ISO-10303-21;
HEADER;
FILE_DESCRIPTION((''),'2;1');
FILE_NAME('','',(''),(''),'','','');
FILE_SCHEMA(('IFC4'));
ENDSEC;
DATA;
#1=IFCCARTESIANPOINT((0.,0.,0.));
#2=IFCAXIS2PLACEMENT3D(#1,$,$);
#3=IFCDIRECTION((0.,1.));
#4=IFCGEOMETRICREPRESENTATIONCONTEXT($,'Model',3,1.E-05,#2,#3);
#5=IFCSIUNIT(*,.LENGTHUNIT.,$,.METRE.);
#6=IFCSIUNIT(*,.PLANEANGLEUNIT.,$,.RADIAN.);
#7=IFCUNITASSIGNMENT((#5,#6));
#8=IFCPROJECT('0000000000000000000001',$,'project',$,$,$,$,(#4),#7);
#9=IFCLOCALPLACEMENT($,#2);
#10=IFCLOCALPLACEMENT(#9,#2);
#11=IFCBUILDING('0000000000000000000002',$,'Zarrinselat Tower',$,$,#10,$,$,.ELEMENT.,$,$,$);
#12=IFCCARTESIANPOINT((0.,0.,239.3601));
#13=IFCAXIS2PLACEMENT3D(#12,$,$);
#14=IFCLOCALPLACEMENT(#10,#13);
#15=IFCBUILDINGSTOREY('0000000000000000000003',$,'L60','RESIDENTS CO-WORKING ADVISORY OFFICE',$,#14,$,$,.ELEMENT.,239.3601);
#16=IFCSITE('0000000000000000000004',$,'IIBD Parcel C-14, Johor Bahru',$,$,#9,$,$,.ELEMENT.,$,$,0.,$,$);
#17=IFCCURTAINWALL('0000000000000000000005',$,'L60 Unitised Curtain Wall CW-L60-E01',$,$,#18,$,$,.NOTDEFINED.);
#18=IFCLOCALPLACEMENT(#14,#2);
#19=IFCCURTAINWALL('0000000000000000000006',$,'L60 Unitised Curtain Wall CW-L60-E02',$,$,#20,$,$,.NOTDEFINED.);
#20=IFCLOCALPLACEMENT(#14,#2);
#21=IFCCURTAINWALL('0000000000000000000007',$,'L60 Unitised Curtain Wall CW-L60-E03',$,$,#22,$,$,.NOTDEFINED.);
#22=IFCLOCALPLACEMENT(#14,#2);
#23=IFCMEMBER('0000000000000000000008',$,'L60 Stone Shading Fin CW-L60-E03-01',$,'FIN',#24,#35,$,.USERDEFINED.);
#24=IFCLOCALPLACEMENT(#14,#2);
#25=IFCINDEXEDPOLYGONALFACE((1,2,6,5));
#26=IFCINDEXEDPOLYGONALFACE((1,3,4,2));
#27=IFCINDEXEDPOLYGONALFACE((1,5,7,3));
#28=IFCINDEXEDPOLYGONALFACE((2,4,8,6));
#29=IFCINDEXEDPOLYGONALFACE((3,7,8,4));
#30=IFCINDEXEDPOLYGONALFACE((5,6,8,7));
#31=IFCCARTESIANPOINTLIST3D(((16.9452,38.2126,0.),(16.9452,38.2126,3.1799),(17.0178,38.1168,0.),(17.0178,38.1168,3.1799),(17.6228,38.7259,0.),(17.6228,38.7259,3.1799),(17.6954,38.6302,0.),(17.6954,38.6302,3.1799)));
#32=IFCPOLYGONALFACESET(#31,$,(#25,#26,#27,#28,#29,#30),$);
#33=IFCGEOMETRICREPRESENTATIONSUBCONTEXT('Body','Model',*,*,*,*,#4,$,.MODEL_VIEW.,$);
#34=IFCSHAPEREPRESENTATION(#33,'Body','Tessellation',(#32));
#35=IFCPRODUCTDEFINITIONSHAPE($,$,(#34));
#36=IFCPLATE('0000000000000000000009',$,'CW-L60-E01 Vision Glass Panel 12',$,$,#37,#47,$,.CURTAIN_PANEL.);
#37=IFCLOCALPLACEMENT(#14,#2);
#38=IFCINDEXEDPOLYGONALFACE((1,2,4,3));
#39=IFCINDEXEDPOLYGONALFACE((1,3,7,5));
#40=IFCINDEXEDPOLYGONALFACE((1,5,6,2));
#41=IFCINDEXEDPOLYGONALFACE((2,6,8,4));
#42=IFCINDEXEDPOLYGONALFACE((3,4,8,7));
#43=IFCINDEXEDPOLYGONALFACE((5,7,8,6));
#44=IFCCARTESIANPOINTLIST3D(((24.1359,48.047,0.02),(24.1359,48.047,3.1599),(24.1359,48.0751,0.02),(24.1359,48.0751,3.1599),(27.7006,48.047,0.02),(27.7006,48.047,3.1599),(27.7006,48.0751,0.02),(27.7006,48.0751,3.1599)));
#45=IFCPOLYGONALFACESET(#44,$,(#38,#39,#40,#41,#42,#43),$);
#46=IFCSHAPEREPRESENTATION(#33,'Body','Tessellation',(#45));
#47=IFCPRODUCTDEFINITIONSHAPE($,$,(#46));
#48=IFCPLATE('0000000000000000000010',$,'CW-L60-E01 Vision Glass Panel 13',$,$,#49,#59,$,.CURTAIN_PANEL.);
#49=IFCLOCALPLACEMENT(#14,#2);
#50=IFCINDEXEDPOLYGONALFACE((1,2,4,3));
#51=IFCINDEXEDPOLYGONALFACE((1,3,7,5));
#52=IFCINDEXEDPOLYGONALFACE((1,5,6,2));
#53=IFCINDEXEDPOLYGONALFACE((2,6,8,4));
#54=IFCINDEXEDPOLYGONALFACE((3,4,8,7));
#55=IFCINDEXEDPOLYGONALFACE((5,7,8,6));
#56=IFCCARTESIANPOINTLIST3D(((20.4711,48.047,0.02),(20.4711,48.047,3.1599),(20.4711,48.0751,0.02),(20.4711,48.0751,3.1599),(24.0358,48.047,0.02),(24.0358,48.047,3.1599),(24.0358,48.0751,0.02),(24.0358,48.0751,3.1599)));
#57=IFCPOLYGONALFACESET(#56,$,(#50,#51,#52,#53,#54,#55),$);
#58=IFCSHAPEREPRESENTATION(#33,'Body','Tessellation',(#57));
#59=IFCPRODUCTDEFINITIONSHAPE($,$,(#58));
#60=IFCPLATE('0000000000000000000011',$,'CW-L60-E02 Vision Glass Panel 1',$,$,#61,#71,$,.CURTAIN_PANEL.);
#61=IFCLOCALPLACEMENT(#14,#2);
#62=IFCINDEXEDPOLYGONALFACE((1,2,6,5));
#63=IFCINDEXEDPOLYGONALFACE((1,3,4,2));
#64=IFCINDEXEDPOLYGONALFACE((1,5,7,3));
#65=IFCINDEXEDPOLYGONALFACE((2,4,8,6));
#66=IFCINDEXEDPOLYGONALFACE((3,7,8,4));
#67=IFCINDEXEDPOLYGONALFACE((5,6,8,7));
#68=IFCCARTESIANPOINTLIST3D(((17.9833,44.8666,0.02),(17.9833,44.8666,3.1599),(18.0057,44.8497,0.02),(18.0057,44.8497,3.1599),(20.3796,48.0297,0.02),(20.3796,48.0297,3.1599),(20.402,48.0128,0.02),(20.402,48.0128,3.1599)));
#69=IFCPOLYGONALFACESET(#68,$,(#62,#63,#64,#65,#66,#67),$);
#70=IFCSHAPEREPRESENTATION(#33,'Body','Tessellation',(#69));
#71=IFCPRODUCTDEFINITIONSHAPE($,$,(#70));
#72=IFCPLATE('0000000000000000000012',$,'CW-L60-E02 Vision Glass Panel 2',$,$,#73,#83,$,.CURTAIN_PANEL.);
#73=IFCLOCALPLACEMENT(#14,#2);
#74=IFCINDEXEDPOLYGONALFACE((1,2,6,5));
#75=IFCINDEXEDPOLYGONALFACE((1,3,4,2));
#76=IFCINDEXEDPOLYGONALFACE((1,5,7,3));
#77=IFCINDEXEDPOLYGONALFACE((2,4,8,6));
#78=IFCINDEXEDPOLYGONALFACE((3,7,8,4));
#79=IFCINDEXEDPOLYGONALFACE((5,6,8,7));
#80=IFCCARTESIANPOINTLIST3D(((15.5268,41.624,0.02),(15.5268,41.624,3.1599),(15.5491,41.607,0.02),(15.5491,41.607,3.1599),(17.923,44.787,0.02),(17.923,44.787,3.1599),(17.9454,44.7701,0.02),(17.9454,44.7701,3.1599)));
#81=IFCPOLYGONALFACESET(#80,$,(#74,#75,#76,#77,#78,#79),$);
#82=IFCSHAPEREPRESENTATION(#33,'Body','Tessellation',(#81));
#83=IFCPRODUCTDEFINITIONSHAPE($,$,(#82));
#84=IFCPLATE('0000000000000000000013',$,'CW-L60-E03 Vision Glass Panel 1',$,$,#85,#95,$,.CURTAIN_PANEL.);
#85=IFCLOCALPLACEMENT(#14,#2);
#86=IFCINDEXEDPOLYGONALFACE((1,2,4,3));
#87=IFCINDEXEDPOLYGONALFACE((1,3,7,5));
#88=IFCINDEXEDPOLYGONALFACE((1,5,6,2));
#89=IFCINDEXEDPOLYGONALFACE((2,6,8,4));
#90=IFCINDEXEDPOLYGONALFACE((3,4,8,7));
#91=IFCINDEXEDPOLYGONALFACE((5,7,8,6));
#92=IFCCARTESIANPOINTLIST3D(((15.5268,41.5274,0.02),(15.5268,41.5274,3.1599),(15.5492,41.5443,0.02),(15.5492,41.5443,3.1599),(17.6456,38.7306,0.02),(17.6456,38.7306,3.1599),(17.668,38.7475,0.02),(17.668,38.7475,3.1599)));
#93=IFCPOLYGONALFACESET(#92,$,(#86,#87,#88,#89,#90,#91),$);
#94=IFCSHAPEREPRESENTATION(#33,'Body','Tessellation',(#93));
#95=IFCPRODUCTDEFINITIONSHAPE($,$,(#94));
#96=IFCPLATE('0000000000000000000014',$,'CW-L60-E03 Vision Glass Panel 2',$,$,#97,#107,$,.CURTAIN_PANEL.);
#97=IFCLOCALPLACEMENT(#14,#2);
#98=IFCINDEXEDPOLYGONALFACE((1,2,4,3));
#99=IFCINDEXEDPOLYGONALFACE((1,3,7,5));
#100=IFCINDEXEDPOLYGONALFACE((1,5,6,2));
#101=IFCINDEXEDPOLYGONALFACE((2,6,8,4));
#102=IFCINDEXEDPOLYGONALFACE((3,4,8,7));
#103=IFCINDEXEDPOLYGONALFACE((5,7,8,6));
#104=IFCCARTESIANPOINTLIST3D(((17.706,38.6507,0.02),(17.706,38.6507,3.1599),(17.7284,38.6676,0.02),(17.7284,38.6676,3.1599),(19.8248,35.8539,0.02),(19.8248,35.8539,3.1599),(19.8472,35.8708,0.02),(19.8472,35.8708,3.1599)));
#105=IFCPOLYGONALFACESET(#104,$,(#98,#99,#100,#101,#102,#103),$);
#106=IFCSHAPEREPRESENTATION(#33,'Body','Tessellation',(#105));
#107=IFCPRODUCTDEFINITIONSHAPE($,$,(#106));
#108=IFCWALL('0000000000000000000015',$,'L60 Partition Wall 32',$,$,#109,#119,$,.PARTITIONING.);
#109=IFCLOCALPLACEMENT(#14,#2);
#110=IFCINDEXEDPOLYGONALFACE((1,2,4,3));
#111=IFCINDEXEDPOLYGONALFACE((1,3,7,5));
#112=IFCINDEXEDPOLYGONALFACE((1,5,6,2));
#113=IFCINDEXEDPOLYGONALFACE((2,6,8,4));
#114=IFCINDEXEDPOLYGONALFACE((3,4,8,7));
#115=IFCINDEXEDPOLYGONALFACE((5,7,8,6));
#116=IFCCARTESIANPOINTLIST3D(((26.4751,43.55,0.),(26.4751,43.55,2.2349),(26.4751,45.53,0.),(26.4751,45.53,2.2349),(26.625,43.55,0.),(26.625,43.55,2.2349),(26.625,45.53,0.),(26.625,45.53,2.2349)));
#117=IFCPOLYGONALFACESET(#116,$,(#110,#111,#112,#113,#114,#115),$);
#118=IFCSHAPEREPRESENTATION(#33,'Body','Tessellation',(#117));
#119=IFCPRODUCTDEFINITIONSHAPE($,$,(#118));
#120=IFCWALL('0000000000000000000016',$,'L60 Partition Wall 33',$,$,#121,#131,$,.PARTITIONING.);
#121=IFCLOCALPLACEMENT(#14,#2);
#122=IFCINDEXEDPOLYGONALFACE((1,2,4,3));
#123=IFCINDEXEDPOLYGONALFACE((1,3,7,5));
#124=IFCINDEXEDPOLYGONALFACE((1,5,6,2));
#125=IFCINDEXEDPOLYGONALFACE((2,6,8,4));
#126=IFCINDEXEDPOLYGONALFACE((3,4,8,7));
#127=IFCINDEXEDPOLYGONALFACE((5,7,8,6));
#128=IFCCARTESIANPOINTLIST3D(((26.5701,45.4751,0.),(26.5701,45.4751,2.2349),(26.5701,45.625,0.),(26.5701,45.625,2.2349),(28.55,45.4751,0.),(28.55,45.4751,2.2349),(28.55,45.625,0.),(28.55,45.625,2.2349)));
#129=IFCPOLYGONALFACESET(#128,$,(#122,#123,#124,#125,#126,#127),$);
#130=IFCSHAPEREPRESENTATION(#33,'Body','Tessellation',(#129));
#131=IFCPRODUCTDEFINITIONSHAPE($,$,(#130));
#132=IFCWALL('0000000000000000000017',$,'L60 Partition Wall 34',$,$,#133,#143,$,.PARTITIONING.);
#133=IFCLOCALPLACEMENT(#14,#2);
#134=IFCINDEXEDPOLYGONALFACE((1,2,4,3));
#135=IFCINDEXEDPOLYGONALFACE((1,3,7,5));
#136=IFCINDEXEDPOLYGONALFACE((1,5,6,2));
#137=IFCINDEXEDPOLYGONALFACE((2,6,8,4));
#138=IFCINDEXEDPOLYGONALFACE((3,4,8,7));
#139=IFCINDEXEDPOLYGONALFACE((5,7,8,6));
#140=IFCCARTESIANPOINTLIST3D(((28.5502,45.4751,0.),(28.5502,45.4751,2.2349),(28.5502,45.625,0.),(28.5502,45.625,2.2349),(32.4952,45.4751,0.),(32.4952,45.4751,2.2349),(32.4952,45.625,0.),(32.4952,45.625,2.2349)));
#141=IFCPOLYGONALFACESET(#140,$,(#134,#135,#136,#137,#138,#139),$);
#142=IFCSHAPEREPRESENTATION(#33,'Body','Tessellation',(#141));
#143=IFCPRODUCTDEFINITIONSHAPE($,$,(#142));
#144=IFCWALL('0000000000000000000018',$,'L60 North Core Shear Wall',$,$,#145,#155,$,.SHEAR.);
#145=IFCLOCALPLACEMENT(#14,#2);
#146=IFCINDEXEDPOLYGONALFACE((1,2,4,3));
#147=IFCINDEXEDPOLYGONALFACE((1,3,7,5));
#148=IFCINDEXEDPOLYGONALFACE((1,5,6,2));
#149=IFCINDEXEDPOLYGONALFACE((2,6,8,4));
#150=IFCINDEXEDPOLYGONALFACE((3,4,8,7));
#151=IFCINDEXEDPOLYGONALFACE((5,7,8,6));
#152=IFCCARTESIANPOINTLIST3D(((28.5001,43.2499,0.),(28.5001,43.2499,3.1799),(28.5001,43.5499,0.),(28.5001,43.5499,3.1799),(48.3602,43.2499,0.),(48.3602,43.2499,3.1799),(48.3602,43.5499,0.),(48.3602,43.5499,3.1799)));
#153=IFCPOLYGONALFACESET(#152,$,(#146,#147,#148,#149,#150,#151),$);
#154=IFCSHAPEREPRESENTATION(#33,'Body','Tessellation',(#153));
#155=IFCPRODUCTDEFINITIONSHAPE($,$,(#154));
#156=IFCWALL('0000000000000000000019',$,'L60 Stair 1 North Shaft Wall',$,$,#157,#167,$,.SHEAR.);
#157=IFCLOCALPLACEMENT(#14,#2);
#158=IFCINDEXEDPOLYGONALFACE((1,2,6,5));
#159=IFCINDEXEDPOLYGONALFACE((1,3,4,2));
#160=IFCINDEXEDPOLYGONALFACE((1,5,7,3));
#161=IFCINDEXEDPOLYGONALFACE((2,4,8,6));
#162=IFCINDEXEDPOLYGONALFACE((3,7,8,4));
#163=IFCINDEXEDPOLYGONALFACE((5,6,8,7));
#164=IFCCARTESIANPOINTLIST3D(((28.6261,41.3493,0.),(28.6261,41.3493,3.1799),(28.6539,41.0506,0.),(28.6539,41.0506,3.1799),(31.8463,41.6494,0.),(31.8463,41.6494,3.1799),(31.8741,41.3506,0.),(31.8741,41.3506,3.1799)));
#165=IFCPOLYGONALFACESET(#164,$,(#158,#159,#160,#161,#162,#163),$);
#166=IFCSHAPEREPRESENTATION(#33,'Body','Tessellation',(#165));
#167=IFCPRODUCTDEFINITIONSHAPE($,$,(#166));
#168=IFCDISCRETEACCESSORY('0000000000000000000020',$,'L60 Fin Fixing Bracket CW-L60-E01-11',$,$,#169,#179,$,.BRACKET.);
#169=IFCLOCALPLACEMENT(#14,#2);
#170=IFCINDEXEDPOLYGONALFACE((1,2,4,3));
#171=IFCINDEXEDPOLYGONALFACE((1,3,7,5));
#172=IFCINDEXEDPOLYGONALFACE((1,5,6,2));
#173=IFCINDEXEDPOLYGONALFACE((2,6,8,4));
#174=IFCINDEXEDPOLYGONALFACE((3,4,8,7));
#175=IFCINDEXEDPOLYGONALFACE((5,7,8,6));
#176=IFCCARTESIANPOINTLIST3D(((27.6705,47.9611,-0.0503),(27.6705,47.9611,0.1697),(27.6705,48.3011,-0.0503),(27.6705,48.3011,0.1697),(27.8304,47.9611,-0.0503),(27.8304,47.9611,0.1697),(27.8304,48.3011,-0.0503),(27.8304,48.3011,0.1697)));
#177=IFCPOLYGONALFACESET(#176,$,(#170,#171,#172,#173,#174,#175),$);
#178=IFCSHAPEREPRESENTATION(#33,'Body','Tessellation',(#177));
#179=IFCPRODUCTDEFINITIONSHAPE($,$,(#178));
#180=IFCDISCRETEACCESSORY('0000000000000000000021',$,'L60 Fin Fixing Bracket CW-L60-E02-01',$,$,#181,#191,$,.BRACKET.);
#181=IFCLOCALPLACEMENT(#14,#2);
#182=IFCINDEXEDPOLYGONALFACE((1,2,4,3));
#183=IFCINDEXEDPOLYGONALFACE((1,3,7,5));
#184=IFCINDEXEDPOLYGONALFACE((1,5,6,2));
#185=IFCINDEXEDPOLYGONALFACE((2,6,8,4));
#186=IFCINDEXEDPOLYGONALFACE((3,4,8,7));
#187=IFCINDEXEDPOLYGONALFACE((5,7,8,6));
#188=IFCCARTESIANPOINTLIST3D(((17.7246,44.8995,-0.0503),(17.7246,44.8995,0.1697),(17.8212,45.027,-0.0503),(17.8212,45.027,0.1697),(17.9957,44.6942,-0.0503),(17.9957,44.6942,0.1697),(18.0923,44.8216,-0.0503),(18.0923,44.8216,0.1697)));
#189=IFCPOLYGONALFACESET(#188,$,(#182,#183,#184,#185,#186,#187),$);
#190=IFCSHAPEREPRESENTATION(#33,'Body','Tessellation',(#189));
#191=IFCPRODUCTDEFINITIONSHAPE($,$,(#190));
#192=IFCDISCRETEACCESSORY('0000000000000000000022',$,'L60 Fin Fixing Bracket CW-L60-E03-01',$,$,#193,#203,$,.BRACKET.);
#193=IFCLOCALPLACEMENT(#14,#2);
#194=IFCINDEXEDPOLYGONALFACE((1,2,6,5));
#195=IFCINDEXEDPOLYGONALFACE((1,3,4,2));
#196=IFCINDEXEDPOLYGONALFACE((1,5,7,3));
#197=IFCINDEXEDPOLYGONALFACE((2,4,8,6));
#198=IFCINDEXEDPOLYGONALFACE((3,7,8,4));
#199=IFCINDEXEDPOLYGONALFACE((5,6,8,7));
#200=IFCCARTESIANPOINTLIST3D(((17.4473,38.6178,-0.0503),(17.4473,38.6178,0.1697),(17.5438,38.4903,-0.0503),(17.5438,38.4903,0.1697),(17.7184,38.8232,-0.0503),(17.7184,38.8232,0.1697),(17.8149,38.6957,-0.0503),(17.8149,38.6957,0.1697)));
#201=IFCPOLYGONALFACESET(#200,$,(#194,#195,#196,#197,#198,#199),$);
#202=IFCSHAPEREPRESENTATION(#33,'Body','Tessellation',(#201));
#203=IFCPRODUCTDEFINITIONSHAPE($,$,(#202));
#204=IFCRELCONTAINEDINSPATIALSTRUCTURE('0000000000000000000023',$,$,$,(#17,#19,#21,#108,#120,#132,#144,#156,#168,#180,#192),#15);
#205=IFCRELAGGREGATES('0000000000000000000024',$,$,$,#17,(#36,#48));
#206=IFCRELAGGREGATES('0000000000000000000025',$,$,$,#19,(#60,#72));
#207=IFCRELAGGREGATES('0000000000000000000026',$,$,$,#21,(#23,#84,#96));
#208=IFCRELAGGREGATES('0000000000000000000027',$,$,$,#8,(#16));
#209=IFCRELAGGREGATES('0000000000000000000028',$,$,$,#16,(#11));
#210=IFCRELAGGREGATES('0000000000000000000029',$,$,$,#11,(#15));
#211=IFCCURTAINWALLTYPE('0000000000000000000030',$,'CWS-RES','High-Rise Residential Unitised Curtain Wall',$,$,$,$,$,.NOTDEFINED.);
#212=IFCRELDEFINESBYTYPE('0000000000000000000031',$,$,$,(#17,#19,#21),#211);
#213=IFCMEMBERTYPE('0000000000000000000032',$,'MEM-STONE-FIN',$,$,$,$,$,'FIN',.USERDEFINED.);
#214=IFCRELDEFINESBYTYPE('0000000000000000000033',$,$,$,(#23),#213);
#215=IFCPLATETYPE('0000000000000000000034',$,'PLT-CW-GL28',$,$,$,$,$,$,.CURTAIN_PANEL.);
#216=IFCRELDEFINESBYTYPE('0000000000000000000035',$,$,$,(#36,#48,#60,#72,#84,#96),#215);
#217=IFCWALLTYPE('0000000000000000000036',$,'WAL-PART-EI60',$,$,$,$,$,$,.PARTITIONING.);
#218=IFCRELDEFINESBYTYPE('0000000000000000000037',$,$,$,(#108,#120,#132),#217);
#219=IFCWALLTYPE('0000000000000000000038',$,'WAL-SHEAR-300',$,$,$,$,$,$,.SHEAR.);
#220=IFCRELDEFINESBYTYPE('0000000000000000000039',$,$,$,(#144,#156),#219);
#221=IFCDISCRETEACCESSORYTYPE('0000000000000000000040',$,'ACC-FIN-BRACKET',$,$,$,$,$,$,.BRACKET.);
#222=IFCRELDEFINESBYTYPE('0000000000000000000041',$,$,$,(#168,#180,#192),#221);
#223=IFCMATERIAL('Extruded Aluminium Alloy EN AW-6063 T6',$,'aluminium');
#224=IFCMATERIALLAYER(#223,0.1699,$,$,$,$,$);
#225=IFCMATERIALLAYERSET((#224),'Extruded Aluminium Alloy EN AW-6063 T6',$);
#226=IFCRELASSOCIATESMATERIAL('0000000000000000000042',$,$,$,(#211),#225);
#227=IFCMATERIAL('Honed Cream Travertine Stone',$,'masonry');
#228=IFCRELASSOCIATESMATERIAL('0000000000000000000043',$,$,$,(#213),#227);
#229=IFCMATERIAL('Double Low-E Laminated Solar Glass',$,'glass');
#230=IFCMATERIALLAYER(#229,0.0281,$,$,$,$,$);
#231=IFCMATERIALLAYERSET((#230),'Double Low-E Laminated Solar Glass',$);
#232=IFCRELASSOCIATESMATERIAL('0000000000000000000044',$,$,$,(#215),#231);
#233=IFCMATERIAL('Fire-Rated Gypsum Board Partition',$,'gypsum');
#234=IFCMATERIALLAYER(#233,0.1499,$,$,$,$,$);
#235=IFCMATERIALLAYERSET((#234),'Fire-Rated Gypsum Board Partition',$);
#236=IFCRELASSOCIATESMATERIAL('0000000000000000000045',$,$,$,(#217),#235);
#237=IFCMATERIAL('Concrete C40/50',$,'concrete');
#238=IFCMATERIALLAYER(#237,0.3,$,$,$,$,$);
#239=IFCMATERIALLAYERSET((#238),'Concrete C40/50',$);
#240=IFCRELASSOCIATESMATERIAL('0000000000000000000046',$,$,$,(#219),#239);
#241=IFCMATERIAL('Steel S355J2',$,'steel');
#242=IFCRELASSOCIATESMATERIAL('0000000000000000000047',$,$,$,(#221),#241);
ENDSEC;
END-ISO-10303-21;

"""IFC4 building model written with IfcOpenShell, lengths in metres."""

from ifc_helpers import new_model, si_unit, direction, frame, frame_2d, origin, origin_2d, place, context, subcontext, project, spatial, rectangle, extrude, material, layer, layer_set, material_profile, profile_set, type_object, element, aggregate, save


model = new_model("IFC4")

# Units and contexts
model_context = context("Model", 3, precision=1e-05, world=origin(), true_north=direction((0.0, 1.0)))
body_context = subcontext(model_context, "Body", "Model", "MODEL_VIEW")
ifc_project = project(units=[si_unit("LENGTHUNIT", "METRE"), si_unit("PLANEANGLEUNIT", "RADIAN")], contexts=[model_context])

# Site, building, storey
site_placement = place(None, origin())
site = spatial("IfcSite", under=ifc_project, at=site_placement, Name="IIBD Parcel C-14, Johor Bahru", CompositionType="ELEMENT", RefElevation=0.0)
building_placement = place(site_placement, origin())
building = spatial("IfcBuilding", under=site, at=building_placement, Name="Zarrinselat Tower", CompositionType="ELEMENT")
storey_placement = place(building_placement, frame((0.0, 0.0, 239.3601)))
storey = spatial("IfcBuildingStorey", under=building, at=storey_placement, Name="L60", Description="RESIDENTS CO-WORKING ADVISORY OFFICE", CompositionType="ELEMENT", Elevation=239.3601)

# Curtain walls
ifc_material_1 = material(Name="Extruded Aluminium Alloy EN AW-6063 T6", Category="aluminium")
ifc_layer_1 = layer(ifc_material_1, 0.1699)
ifc_layer_set_1 = layer_set([ifc_layer_1], Name="Extruded Aluminium Alloy EN AW-6063 T6")
curtain_wall_type = type_object("IfcCurtainWallType", Name="CWS-RES", Description="High-Rise Residential Unitised Curtain Wall", PredefinedType="NOTDEFINED", material=ifc_layer_set_1)
curtain_wall_1_placement = place(storey_placement, origin())
curtain_wall_1 = element("IfcCurtainWall", 1, at=curtain_wall_1_placement, inside=storey, type_object=curtain_wall_type, Name="L60 Unitised Curtain Wall CW-L60-E01", PredefinedType="NOTDEFINED")
curtain_wall_2_placement = place(storey_placement, origin())
curtain_wall_2 = element("IfcCurtainWall", 2, at=curtain_wall_2_placement, inside=storey, type_object=curtain_wall_type, Name="L60 Unitised Curtain Wall CW-L60-E02", PredefinedType="NOTDEFINED")
curtain_wall_3_placement = place(storey_placement, origin())
curtain_wall_3 = element("IfcCurtainWall", 3, at=curtain_wall_3_placement, inside=storey, type_object=curtain_wall_type, Name="L60 Unitised Curtain Wall CW-L60-E03", PredefinedType="NOTDEFINED")

# Member
ifc_material_2 = material(Name="Honed Cream Travertine Stone", Category="masonry")
ifc_material_profile_1 = material_profile(ifc_material_2, rectangle(XDim=0.1201, YDim=0.8501, at=origin_2d()), Name="FIN 850x120")
ifc_profile_set_1 = profile_set([ifc_material_profile_1], Name="Honed Cream Travertine Stone")
member_type_1 = type_object("IfcMemberType", Name="MEM-STONE-FIN", ElementType="FIN", PredefinedType="USERDEFINED", material=ifc_profile_set_1)
member_1_placement = place(storey_placement, frame((17.3203, 38.4214, 0.0), z_axis=(0.0, 0.0, 1.0), x_axis=(-0.603858, 0.797092, 0.0)))
member_1 = element("IfcMember", 4, at=member_1_placement, type_object=member_type_1, Name="L60 Stone Shading Fin CW-L60-E03-01", ObjectType="FIN", PredefinedType="USERDEFINED", context=body_context, shape_type="SweptSolid", body=[
    extrude(rectangle(XDim=0.1201, YDim=0.8501, at=origin_2d()), origin(), (0.0, 0.0, 1.0), 3.1799),
])

# Plates
ifc_material_3 = material(Name="Double Low-E Laminated Solar Glass", Category="glass")
ifc_layer_2 = layer(ifc_material_3, 0.0281)
ifc_layer_set_2 = layer_set([ifc_layer_2], Name="Double Low-E Laminated Solar Glass")
plate_type = type_object("IfcPlateType", Name="PLT-CW-GL28", PredefinedType="CURTAIN_PANEL", material=ifc_layer_set_2)
plate_1_placement = place(storey_placement, frame((25.9182, 48.061, 0.02), z_axis=(0.0, 0.0, 1.0), x_axis=(-1.0, 0.0, 0.0)))
plate_1 = element("IfcPlate", 5, at=plate_1_placement, type_object=plate_type, Name="CW-L60-E01 Vision Glass Panel 12", PredefinedType="CURTAIN_PANEL", context=body_context, shape_type="SweptSolid", body=[
    extrude(rectangle(XDim=3.5647, YDim=0.0281, at=origin_2d()), origin(), (0.0, 0.0, 1.0), 3.1399),
])
plate_2_placement = place(storey_placement, frame((22.2534, 48.061, 0.02), z_axis=(0.0, 0.0, 1.0), x_axis=(-1.0, 0.0, 0.0)))
plate_2 = element("IfcPlate", 6, at=plate_2_placement, type_object=plate_type, Name="CW-L60-E01 Vision Glass Panel 13", PredefinedType="CURTAIN_PANEL", context=body_context, shape_type="SweptSolid", body=[
    extrude(rectangle(XDim=3.5647, YDim=0.0281, at=origin_2d()), origin(), (0.0, 0.0, 1.0), 3.1399),
])
aggregate(curtain_wall_1, [plate_1, plate_2])
plate_3_placement = place(storey_placement, frame((19.1926, 46.4397, 0.02), z_axis=(0.0, 0.0, 1.0), x_axis=(-0.603859, -0.797091, 0.0)))
plate_3 = element("IfcPlate", 7, at=plate_3_placement, type_object=plate_type, Name="CW-L60-E02 Vision Glass Panel 1", PredefinedType="CURTAIN_PANEL", context=body_context, shape_type="SweptSolid", body=[
    extrude(rectangle(XDim=3.9683, YDim=0.0281, at=origin_2d()), origin(), (0.0, 0.0, 1.0), 3.1399),
])
plate_4_placement = place(storey_placement, frame((16.7361, 43.197, 0.02), z_axis=(0.0, 0.0, 1.0), x_axis=(-0.603859, -0.797091, 0.0)))
plate_4 = element("IfcPlate", 8, at=plate_4_placement, type_object=plate_type, Name="CW-L60-E02 Vision Glass Panel 2", PredefinedType="CURTAIN_PANEL", context=body_context, shape_type="SweptSolid", body=[
    extrude(rectangle(XDim=3.9683, YDim=0.0281, at=origin_2d()), origin(), (0.0, 0.0, 1.0), 3.1399),
])
aggregate(curtain_wall_2, [plate_3, plate_4])
plate_5_placement = place(storey_placement, frame((16.5974, 40.1375, 0.02), z_axis=(0.0, 0.0, 1.0), x_axis=(0.603858, -0.797092, 0.0)))
plate_5 = element("IfcPlate", 9, at=plate_5_placement, type_object=plate_type, Name="CW-L60-E03 Vision Glass Panel 1", PredefinedType="CURTAIN_PANEL", context=body_context, shape_type="SweptSolid", body=[
    extrude(rectangle(XDim=3.5088, YDim=0.0281, at=origin_2d()), origin(), (0.0, 0.0, 1.0), 3.1399),
])
plate_6_placement = place(storey_placement, frame((18.7766, 37.2607, 0.02), z_axis=(0.0, 0.0, 1.0), x_axis=(0.603858, -0.797092, 0.0)))
plate_6 = element("IfcPlate", 10, at=plate_6_placement, type_object=plate_type, Name="CW-L60-E03 Vision Glass Panel 2", PredefinedType="CURTAIN_PANEL", context=body_context, shape_type="SweptSolid", body=[
    extrude(rectangle(XDim=3.5088, YDim=0.0281, at=origin_2d()), origin(), (0.0, 0.0, 1.0), 3.1399),
])
aggregate(curtain_wall_3, [member_1, plate_5, plate_6])

# Walls
ifc_material_4 = material(Name="Fire-Rated Gypsum Board Partition", Category="gypsum")
ifc_layer_3 = layer(ifc_material_4, 0.1499)
ifc_layer_set_3 = layer_set([ifc_layer_3], Name="Fire-Rated Gypsum Board Partition")
wall_type_1 = type_object("IfcWallType", Name="WAL-PART-EI60", PredefinedType="PARTITIONING", material=ifc_layer_set_3)
for number, where, z_axis, x_axis, name in (
    (11, (26.55, 43.55, 0.0), (0.0, 0.0, 1.0), (0.0, 1.0, 0.0), "L60 Partition Wall 32"),
    (12, (26.5701, 45.55, 0.0), (0.0, 0.0, 1.0), (1.0, 0.0, 0.0), "L60 Partition Wall 33"),
):
    element("IfcWall", number, at=place(storey_placement, frame(where, z_axis=z_axis, x_axis=x_axis)), inside=storey, type_object=wall_type_1, Name=name, PredefinedType="PARTITIONING", context=body_context, shape_type="SweptSolid", body=[
        extrude(rectangle(XDim=1.98, YDim=0.1499, at=frame_2d((0.99, 0.0))), origin(), (0.0, 0.0, 1.0), 2.2349),
    ])
wall_1_placement = place(storey_placement, frame((28.55, 45.55, 0.0), z_axis=(0.0, 0.0, 1.0), x_axis=(1.0, 0.0, 0.0)))
element("IfcWall", 13, at=wall_1_placement, inside=storey, type_object=wall_type_1, Name="L60 Partition Wall 34", PredefinedType="PARTITIONING", context=body_context, shape_type="SweptSolid", body=[
    extrude(rectangle(XDim=3.9451, YDim=0.1499, at=frame_2d((1.9727, 0.0))), origin(), (0.0, 0.0, 1.0), 2.2349),
])
ifc_material_5 = material(Name="Concrete C40/50", Category="concrete")
ifc_layer_4 = layer(ifc_material_5, 0.3)
ifc_layer_set_4 = layer_set([ifc_layer_4], Name="Concrete C40/50")
wall_type_2 = type_object("IfcWallType", Name="WAL-SHEAR-300", PredefinedType="SHEAR", material=ifc_layer_set_4)
wall_2_placement = place(storey_placement, frame((28.5, 43.3999, 0.0), z_axis=(0.0, 0.0, 1.0), x_axis=(1.0, 0.0, 0.0)))
element("IfcWall", 14, at=wall_2_placement, inside=storey, type_object=wall_type_2, Name="L60 North Core Shear Wall", PredefinedType="SHEAR", context=body_context, shape_type="SweptSolid", body=[
    extrude(rectangle(XDim=19.8601, YDim=0.3, at=frame_2d((9.9302, 0.0))), origin(), (0.0, 0.0, 1.0), 3.1799),
])
wall_3_placement = place(storey_placement, frame((28.6399, 41.2, 0.0), z_axis=(0.0, 0.0, 1.0), x_axis=(0.995687, 0.092775, 0.0)))
element("IfcWall", 15, at=wall_3_placement, inside=storey, type_object=wall_type_2, Name="L60 Stair 1 North Shaft Wall", PredefinedType="SHEAR", context=body_context, shape_type="SweptSolid", body=[
    extrude(rectangle(XDim=3.2341, YDim=0.3, at=frame_2d((1.6172, 0.0))), origin(), (0.0, 0.0, 1.0), 3.1799),
])

# Discrete accessories
ifc_material_6 = material(Name="Steel S355J2", Category="steel")
discrete_accessory_type = type_object("IfcDiscreteAccessoryType", Name="ACC-FIN-BRACKET", PredefinedType="BRACKET", material=ifc_material_6)
for number, where, z_axis, x_axis, name in (
    (16, (27.7505, 48.1311, -0.0503), (0.0, 0.0, 1.0), (0.0, 1.0, 0.0), "L60 Fin Fixing Bracket CW-L60-E01-11"),
    (17, (17.9084, 44.8606, -0.0503), (0.0, 0.0, 1.0), (-0.797091, 0.603859, 0.0), "L60 Fin Fixing Bracket CW-L60-E02-01"),
    (18, (17.6311, 38.6567, -0.0503), (0.0, 0.0, 1.0), (-0.797092, -0.603858, 0.0), "L60 Fin Fixing Bracket CW-L60-E03-01"),
):
    element("IfcDiscreteAccessory", number, at=place(storey_placement, frame(where, z_axis=z_axis, x_axis=x_axis)), inside=storey, type_object=discrete_accessory_type, Name=name, PredefinedType="BRACKET", context=body_context, shape_type="SweptSolid", body=[
        extrude(rectangle(XDim=0.3401, YDim=0.1599, at=origin_2d()), origin(), (0.0, 0.0, 1.0), 0.22),
    ])

save(model, "model.ifc")
